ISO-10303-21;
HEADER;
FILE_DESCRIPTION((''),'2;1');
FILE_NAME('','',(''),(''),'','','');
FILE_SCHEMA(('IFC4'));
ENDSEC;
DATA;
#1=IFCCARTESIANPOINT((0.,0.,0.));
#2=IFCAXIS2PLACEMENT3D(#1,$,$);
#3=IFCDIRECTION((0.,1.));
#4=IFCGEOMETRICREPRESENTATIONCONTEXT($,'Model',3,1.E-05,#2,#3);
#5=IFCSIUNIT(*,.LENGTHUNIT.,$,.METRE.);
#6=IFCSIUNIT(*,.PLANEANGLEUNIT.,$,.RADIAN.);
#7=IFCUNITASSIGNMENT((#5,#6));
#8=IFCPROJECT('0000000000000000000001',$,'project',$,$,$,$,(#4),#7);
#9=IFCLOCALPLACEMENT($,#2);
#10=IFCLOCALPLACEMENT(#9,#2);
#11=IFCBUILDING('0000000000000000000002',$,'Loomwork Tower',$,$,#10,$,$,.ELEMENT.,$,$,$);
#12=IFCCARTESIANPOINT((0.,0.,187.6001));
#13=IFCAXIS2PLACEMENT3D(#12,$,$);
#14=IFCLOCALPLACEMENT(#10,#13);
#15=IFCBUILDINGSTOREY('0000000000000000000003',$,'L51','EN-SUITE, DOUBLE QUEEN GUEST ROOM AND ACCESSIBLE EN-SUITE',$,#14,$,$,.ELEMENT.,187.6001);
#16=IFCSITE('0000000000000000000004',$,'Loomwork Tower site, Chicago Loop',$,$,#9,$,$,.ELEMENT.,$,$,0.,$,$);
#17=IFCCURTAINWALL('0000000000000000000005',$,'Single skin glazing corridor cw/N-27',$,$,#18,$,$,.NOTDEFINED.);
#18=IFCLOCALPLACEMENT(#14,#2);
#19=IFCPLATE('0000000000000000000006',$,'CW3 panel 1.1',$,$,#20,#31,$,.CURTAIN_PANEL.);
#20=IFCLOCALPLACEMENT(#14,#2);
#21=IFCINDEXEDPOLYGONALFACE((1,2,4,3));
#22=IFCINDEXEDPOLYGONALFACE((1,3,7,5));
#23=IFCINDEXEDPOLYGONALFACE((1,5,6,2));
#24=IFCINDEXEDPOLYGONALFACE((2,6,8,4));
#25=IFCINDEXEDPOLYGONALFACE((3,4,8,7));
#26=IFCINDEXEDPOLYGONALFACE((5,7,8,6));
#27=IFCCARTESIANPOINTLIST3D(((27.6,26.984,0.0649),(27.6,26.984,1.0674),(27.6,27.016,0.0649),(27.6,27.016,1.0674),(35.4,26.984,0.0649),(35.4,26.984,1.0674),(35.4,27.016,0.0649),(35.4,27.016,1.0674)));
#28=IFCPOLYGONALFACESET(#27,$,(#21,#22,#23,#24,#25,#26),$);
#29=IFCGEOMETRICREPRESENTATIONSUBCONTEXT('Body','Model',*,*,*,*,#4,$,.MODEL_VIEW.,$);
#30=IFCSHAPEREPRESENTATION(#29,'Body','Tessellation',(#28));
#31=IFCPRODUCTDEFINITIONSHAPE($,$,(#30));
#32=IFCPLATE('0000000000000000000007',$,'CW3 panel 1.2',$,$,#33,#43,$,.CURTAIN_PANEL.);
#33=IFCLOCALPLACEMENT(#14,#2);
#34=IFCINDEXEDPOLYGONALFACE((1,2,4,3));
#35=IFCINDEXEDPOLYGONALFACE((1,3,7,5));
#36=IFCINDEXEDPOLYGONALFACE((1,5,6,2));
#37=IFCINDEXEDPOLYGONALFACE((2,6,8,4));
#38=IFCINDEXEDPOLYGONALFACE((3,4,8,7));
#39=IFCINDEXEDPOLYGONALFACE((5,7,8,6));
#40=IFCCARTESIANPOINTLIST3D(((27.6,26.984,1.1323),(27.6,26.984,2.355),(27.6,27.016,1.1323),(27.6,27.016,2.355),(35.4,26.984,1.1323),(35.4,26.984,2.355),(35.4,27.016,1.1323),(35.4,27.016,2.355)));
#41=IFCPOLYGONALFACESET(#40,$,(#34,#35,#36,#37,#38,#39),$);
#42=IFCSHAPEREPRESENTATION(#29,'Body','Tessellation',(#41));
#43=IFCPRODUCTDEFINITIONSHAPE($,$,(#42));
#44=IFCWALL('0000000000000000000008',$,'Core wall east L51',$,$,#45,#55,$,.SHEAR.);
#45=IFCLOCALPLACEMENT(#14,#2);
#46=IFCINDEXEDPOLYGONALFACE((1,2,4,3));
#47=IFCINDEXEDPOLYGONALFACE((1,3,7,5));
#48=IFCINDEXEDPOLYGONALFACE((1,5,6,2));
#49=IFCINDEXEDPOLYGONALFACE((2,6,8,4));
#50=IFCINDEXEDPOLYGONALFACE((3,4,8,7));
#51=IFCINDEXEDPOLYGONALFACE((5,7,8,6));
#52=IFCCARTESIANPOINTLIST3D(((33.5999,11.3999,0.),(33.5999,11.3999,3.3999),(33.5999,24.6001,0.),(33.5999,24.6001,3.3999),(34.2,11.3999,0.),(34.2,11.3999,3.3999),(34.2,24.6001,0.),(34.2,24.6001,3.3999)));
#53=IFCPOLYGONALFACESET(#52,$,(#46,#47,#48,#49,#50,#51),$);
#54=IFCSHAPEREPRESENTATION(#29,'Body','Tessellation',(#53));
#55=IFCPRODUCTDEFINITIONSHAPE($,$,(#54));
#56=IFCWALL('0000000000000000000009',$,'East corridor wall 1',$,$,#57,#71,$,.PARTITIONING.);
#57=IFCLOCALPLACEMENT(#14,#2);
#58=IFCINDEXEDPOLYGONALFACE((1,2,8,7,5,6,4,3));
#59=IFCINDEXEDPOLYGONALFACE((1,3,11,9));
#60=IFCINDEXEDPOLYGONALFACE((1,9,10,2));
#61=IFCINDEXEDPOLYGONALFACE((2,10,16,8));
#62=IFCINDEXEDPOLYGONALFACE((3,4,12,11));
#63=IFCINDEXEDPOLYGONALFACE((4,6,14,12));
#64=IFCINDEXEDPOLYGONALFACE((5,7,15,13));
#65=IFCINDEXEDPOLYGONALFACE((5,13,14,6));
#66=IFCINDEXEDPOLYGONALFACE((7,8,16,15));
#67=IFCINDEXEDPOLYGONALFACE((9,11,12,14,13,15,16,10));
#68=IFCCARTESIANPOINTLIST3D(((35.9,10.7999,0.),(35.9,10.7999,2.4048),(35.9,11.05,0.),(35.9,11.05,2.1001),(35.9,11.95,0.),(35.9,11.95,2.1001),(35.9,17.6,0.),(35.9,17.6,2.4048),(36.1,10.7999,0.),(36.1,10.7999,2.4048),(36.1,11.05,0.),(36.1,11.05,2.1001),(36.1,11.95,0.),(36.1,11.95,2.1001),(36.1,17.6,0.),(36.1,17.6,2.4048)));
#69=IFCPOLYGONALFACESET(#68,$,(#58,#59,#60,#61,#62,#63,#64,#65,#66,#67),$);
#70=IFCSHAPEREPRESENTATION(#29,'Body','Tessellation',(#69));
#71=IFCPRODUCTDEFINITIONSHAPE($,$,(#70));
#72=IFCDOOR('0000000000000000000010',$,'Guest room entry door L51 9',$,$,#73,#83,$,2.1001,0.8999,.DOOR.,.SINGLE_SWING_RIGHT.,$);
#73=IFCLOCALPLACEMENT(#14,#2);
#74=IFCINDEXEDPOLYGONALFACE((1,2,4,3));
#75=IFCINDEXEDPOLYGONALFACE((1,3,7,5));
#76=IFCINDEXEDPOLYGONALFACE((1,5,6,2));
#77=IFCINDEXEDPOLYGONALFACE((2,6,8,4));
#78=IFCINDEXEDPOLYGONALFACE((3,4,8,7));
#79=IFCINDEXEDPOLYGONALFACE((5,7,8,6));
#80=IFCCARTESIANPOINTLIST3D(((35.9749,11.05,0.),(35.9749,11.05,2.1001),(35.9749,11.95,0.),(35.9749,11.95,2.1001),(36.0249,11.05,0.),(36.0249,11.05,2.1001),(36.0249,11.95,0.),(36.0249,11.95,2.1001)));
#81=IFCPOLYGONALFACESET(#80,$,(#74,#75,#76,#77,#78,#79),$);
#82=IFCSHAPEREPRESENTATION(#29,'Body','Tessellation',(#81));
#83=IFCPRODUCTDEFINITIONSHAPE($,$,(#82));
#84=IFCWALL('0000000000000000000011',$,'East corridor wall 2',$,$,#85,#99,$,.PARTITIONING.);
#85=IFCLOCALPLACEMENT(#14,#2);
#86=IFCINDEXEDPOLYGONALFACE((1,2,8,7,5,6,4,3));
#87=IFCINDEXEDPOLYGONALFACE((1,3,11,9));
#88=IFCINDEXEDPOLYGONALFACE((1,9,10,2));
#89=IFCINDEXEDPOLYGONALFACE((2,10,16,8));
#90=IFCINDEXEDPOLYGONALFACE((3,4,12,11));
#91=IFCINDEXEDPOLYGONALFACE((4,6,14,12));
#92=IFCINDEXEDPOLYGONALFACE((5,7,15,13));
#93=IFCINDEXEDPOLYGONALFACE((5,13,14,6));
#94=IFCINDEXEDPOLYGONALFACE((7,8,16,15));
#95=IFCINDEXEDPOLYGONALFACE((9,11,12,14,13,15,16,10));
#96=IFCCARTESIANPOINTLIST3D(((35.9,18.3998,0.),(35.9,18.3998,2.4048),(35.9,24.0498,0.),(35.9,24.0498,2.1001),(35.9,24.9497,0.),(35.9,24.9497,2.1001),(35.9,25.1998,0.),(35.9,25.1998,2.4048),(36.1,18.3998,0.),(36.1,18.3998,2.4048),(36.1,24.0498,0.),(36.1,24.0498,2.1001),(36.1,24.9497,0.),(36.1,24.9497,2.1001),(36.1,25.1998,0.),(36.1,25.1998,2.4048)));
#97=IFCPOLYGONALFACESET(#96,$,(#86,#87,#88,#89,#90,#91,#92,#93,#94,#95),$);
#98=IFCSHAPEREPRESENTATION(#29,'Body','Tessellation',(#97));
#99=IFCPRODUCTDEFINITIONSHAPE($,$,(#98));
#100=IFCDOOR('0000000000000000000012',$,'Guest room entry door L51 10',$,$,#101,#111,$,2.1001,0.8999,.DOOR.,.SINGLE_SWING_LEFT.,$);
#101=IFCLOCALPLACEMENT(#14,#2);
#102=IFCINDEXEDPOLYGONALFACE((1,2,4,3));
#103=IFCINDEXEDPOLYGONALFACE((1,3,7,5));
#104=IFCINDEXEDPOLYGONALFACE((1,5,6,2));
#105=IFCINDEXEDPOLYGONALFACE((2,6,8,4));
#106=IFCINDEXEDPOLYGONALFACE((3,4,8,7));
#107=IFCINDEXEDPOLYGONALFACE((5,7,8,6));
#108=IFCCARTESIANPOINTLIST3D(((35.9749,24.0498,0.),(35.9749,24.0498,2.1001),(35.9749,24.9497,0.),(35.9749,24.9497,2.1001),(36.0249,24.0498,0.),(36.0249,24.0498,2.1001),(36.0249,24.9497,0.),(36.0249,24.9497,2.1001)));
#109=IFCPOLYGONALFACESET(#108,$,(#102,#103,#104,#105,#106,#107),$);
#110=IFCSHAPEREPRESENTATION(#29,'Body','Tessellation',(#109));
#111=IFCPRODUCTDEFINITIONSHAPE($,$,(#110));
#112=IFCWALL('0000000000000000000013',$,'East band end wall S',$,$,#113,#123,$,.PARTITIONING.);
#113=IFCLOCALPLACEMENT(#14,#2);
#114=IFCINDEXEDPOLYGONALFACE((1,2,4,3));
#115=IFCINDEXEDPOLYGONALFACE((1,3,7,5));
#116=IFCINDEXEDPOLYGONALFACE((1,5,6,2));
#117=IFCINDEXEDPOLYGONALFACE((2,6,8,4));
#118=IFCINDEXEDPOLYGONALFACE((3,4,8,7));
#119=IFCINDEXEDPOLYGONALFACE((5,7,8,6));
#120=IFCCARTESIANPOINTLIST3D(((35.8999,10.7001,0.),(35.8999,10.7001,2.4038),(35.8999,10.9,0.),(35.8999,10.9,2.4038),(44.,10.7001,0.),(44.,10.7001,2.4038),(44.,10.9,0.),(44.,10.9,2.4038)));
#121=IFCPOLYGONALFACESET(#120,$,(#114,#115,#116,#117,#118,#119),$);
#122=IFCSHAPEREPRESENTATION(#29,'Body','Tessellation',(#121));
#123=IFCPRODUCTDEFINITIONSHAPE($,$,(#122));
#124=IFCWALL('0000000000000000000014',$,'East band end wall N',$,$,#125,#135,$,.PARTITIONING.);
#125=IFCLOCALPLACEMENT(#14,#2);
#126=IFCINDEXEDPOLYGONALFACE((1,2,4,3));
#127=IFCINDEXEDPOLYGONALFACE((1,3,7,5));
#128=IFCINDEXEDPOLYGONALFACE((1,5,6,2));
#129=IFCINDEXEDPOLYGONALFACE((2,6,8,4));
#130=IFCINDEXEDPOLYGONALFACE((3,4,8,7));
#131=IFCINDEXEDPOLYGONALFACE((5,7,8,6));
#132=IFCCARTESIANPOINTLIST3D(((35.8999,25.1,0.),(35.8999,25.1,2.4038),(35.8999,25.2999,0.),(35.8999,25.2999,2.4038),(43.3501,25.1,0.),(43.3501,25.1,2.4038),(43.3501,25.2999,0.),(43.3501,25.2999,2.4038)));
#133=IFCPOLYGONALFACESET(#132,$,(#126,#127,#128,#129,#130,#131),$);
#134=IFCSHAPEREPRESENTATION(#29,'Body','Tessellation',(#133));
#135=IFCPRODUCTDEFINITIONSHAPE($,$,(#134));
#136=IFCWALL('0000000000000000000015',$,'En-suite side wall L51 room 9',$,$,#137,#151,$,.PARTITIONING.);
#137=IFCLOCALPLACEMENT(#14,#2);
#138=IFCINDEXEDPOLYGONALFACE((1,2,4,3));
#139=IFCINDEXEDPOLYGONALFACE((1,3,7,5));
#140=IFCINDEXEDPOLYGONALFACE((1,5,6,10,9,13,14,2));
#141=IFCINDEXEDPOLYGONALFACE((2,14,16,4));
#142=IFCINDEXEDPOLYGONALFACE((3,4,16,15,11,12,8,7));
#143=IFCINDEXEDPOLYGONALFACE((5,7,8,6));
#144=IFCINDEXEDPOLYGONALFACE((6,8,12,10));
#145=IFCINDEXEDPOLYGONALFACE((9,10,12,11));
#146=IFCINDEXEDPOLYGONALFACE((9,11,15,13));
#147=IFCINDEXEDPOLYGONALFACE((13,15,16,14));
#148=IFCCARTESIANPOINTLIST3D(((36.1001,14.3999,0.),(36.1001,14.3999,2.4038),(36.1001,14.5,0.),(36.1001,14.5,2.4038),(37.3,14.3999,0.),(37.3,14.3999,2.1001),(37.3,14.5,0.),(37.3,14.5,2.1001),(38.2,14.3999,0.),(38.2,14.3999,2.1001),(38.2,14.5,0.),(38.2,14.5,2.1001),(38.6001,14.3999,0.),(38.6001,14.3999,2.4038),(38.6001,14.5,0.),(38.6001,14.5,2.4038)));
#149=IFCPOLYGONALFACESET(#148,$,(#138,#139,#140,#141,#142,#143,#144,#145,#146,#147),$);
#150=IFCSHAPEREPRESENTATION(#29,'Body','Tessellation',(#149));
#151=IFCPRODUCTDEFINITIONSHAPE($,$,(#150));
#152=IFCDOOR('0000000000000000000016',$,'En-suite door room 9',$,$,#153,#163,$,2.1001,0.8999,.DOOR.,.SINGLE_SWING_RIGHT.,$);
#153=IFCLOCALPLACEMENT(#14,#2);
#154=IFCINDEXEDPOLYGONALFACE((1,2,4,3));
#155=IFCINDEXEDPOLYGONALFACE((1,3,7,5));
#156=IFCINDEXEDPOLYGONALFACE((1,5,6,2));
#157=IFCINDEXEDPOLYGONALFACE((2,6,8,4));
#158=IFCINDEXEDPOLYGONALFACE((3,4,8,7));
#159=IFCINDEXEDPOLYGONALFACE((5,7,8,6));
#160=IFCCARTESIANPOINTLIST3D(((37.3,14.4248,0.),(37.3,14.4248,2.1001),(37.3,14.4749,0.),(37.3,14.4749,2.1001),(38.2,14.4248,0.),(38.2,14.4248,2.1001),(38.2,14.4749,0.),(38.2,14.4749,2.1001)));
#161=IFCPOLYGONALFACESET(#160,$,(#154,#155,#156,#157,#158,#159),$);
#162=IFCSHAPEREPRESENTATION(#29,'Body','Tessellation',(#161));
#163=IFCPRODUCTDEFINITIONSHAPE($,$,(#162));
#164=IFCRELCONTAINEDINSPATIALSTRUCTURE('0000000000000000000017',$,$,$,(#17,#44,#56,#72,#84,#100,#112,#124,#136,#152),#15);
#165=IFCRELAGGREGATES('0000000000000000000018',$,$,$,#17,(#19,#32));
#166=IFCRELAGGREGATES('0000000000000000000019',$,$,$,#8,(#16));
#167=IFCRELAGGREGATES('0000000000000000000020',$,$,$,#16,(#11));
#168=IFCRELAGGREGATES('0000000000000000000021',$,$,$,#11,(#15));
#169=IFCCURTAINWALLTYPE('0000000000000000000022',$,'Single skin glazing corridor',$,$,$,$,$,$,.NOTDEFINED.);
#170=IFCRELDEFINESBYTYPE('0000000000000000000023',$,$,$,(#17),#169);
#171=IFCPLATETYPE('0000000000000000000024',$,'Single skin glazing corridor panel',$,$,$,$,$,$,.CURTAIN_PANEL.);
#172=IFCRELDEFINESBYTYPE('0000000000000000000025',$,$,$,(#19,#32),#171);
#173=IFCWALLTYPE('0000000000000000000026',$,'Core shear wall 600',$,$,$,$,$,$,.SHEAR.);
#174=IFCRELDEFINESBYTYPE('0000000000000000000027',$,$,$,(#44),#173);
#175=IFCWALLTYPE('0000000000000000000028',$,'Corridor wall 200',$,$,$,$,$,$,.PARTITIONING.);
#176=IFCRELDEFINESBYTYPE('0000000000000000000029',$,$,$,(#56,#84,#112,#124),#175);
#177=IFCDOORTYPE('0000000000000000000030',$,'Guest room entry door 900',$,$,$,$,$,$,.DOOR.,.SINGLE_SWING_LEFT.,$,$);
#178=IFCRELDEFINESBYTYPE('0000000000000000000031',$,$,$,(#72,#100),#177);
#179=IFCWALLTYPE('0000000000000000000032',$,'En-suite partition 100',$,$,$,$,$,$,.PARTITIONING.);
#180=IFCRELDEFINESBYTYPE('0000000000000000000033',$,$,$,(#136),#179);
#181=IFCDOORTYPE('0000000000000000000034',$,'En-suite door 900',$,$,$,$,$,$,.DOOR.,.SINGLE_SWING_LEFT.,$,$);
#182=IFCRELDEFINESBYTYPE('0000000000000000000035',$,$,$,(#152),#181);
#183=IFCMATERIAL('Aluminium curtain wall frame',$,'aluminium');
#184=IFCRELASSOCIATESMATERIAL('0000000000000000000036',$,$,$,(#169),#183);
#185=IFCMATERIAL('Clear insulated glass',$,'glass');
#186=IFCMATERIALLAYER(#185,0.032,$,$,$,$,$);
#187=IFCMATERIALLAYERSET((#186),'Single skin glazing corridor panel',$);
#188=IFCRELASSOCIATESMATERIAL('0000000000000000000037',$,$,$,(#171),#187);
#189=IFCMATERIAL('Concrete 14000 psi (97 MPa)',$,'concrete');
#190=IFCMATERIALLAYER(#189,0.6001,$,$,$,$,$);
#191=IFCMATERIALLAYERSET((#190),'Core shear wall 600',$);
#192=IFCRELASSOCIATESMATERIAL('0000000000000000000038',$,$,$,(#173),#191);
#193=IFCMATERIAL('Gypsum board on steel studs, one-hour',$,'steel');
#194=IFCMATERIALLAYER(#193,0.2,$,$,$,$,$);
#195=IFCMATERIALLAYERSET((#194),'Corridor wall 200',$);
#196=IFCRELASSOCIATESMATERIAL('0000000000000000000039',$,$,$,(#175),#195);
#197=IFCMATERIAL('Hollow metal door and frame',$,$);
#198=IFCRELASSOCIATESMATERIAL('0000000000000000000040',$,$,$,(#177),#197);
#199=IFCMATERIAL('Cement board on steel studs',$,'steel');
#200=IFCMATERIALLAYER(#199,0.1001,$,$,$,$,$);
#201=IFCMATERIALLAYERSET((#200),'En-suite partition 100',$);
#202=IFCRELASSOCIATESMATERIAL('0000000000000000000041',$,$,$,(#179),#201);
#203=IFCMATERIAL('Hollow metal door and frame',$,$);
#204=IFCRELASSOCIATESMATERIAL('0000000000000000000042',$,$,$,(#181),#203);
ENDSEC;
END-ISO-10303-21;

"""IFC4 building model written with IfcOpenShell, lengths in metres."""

from ifc_helpers import new_model, si_unit, direction, frame, frame_2d, origin, origin_2d, place, context, subcontext, project, spatial, rectangle, extrude, material, layer, layer_set, type_object, element, fill, aggregate, save


model = new_model("IFC4")

# Units and contexts
model_context = context("Model", 3, precision=1e-05, world=origin(), true_north=direction((0.0, 1.0)))
body_context = subcontext(model_context, "Body", "Model", "MODEL_VIEW")
ifc_project = project(units=[si_unit("LENGTHUNIT", "METRE"), si_unit("PLANEANGLEUNIT", "RADIAN")], contexts=[model_context])

# Site, building, storey
site_placement = place(None, origin())
site = spatial("IfcSite", under=ifc_project, at=site_placement, Name="Loomwork Tower site, Chicago Loop", CompositionType="ELEMENT", RefElevation=0.0)
building_placement = place(site_placement, origin())
building = spatial("IfcBuilding", under=site, at=building_placement, Name="Loomwork Tower", CompositionType="ELEMENT")
storey_placement = place(building_placement, frame((0.0, 0.0, 187.6001)))
storey = spatial("IfcBuildingStorey", under=building, at=storey_placement, Name="L51", Description="EN-SUITE, DOUBLE QUEEN GUEST ROOM AND ACCESSIBLE EN-SUITE", CompositionType="ELEMENT", Elevation=187.6001)

# Curtain wall, plates
ifc_material_1 = material(Name="Aluminium curtain wall frame", Category="aluminium")
curtain_wall_type = type_object("IfcCurtainWallType", Name="Single skin glazing corridor", PredefinedType="NOTDEFINED", material=ifc_material_1)
curtain_wall_placement = place(storey_placement, origin())
curtain_wall = element("IfcCurtainWall", 1, at=curtain_wall_placement, inside=storey, type_object=curtain_wall_type, Name="Single skin glazing corridor cw/N-27", PredefinedType="NOTDEFINED")
ifc_material_2 = material(Name="Clear insulated glass", Category="glass")
ifc_layer_1 = layer(ifc_material_2, 0.032)
ifc_layer_set_1 = layer_set([ifc_layer_1], Name="Single skin glazing corridor panel")
plate_type = type_object("IfcPlateType", Name="Single skin glazing corridor panel", PredefinedType="CURTAIN_PANEL", material=ifc_layer_set_1)
plate_1_placement = place(storey_placement, frame((31.5, 27.0, 0.0649), z_axis=(0.0, 0.0, 1.0), x_axis=(-1.0, 0.0, 0.0)))
plate_1 = element("IfcPlate", 2, at=plate_1_placement, type_object=plate_type, Name="CW3 panel 1.1", PredefinedType="CURTAIN_PANEL", context=body_context, shape_type="SweptSolid", body=[
    extrude(rectangle(XDim=7.8, YDim=0.032, at=origin_2d()), origin(), (0.0, 0.0, 1.0), 1.0024),
])
plate_2_placement = place(storey_placement, frame((31.5, 27.0, 1.1323), z_axis=(0.0, 0.0, 1.0), x_axis=(-1.0, 0.0, 0.0)))
plate_2 = element("IfcPlate", 3, at=plate_2_placement, type_object=plate_type, Name="CW3 panel 1.2", PredefinedType="CURTAIN_PANEL", context=body_context, shape_type="SweptSolid", body=[
    extrude(rectangle(XDim=7.8, YDim=0.032, at=origin_2d()), origin(), (0.0, 0.0, 1.0), 1.2227),
])
aggregate(curtain_wall, [plate_1, plate_2])

# Wall
ifc_material_3 = material(Name="Concrete 14000 psi (97 MPa)", Category="concrete")
ifc_layer_2 = layer(ifc_material_3, 0.6001)
ifc_layer_set_2 = layer_set([ifc_layer_2], Name="Core shear wall 600")
wall_type_1 = type_object("IfcWallType", Name="Core shear wall 600", PredefinedType="SHEAR", material=ifc_layer_set_2)
wall_1_placement = place(storey_placement, frame((33.8999, 11.3999, 0.0), z_axis=(0.0, 0.0, 1.0), x_axis=(0.0, 1.0, 0.0)))
element("IfcWall", 4, at=wall_1_placement, inside=storey, type_object=wall_type_1, Name="Core wall east L51", PredefinedType="SHEAR", context=body_context, shape_type="SweptSolid", body=[
    extrude(rectangle(XDim=13.2002, YDim=0.6001, at=frame_2d((6.6001, 0.0))), origin(), (0.0, 0.0, 1.0), 3.3999),
])

# Walls, openings, doors
ifc_material_4 = material(Name="Gypsum board on steel studs, one-hour", Category="steel")
ifc_layer_3 = layer(ifc_material_4, 0.2)
ifc_layer_set_3 = layer_set([ifc_layer_3], Name="Corridor wall 200")
wall_type_2 = type_object("IfcWallType", Name="Corridor wall 200", PredefinedType="PARTITIONING", material=ifc_layer_set_3)
wall_2_placement = place(storey_placement, frame((36.0, 10.8, 0.0), z_axis=(0.0, 0.0, 1.0), x_axis=(0.0, 1.0, 0.0)))
wall_2 = element("IfcWall", 5, at=wall_2_placement, inside=storey, type_object=wall_type_2, Name="East corridor wall 1", PredefinedType="PARTITIONING", context=body_context, shape_type="SweptSolid", body=[
    extrude(rectangle(XDim=6.8, YDim=0.2, at=frame_2d((3.3999, 0.0))), origin(), (0.0, 0.0, 1.0), 2.4048),
])
opening_1_placement = place(wall_2_placement, frame((0.25, 0.0, 0.0)))
opening_1 = element("IfcOpeningElement", 6, at=opening_1_placement, cuts=wall_2, PredefinedType="OPENING", context=body_context, shape_type="SweptSolid", body=[
    extrude(rectangle(XDim=0.8999, YDim=2.1001, at=frame_2d((0.45, 1.05))), frame((0.0, 0.1099, 0.0), z_axis=(0.0, -1.0, 0.0), x_axis=(1.0, 0.0, 0.0)), (0.0, 0.0, 1.0), 0.22),
])
ifc_material_5 = material(Name="Hollow metal door and frame")
door_type_1 = type_object("IfcDoorType", Name="Guest room entry door 900", OperationType="SINGLE_SWING_LEFT", PredefinedType="DOOR", material=ifc_material_5)
door_1_placement = place(opening_1_placement, frame((0.8999, 0.0, 0.0), z_axis=(0.0, 0.0, 1.0), x_axis=(-1.0, 0.0, 0.0)))
door_1 = element("IfcDoor", 7, at=door_1_placement, inside=storey, type_object=door_type_1, Name="Guest room entry door L51 9", OperationType="SINGLE_SWING_RIGHT", OverallHeight=2.1001, OverallWidth=0.8999, PredefinedType="DOOR", context=body_context, shape_type="SweptSolid", body=[
    extrude(rectangle(XDim=0.8999, YDim=2.1001, at=frame_2d((0.45, 1.05))), frame((0.0, 0.0249, 0.0), z_axis=(0.0, -1.0, 0.0), x_axis=(1.0, 0.0, 0.0)), (0.0, 0.0, 1.0), 0.05),
])
fill(opening_1, door_1)
wall_3_placement = place(storey_placement, frame((36.0, 18.3999, 0.0), z_axis=(0.0, 0.0, 1.0), x_axis=(0.0, 1.0, 0.0)))
wall_3 = element("IfcWall", 8, at=wall_3_placement, inside=storey, type_object=wall_type_2, Name="East corridor wall 2", PredefinedType="PARTITIONING", context=body_context, shape_type="SweptSolid", body=[
    extrude(rectangle(XDim=6.8, YDim=0.2, at=frame_2d((3.3999, 0.0))), origin(), (0.0, 0.0, 1.0), 2.4048),
])
opening_2_placement = place(wall_3_placement, frame((5.6499, 0.0, 0.0)))
opening_2 = element("IfcOpeningElement", 9, at=opening_2_placement, cuts=wall_3, PredefinedType="OPENING", context=body_context, shape_type="SweptSolid", body=[
    extrude(rectangle(XDim=0.8999, YDim=2.1001, at=frame_2d((0.45, 1.05))), frame((0.0, 0.1099, 0.0), z_axis=(0.0, -1.0, 0.0), x_axis=(1.0, 0.0, 0.0)), (0.0, 0.0, 1.0), 0.22),
])
door_2_placement = place(opening_2_placement, frame((0.8999, 0.0, 0.0), z_axis=(0.0, 0.0, 1.0), x_axis=(-1.0, 0.0, 0.0)))
door_2 = element("IfcDoor", 10, at=door_2_placement, inside=storey, type_object=door_type_1, Name="Guest room entry door L51 10", OperationType="SINGLE_SWING_LEFT", OverallHeight=2.1001, OverallWidth=0.8999, PredefinedType="DOOR", context=body_context, shape_type="SweptSolid", body=[
    extrude(rectangle(XDim=0.8999, YDim=2.1001, at=frame_2d((0.45, 1.05))), frame((0.0, 0.0249, 0.0), z_axis=(0.0, -1.0, 0.0), x_axis=(1.0, 0.0, 0.0)), (0.0, 0.0, 1.0), 0.05),
])
fill(opening_2, door_2)

# Walls
wall_4_placement = place(storey_placement, frame((35.8999, 10.8, 0.0), z_axis=(0.0, 0.0, 1.0), x_axis=(1.0, 0.0, 0.0)))
element("IfcWall", 11, at=wall_4_placement, inside=storey, type_object=wall_type_2, Name="East band end wall S", PredefinedType="PARTITIONING", context=body_context, shape_type="SweptSolid", body=[
    extrude(rectangle(XDim=8.1001, YDim=0.2, at=frame_2d((4.05, 0.0))), origin(), (0.0, 0.0, 1.0), 2.4038),
])
wall_5_placement = place(storey_placement, frame((35.8999, 25.2, 0.0), z_axis=(0.0, 0.0, 1.0), x_axis=(1.0, 0.0, 0.0)))
element("IfcWall", 12, at=wall_5_placement, inside=storey, type_object=wall_type_2, Name="East band end wall N", PredefinedType="PARTITIONING", context=body_context, shape_type="SweptSolid", body=[
    extrude(rectangle(XDim=7.4502, YDim=0.2, at=frame_2d((3.7251, 0.0))), origin(), (0.0, 0.0, 1.0), 2.4038),
])

# Wall, opening, door
ifc_material_6 = material(Name="Cement board on steel studs", Category="steel")
ifc_layer_4 = layer(ifc_material_6, 0.1001)
ifc_layer_set_4 = layer_set([ifc_layer_4], Name="En-suite partition 100")
wall_type_3 = type_object("IfcWallType", Name="En-suite partition 100", PredefinedType="PARTITIONING", material=ifc_layer_set_4)
wall_6_placement = place(storey_placement, frame((36.1001, 14.45, 0.0), z_axis=(0.0, 0.0, 1.0), x_axis=(1.0, 0.0, 0.0)))
wall_6 = element("IfcWall", 13, at=wall_6_placement, inside=storey, type_object=wall_type_3, Name="En-suite side wall L51 room 9", PredefinedType="PARTITIONING", context=body_context, shape_type="SweptSolid", body=[
    extrude(rectangle(XDim=2.5, YDim=0.1001, at=frame_2d((1.25, 0.0))), origin(), (0.0, 0.0, 1.0), 2.4038),
])
opening_3_placement = place(wall_6_placement, frame((1.2, 0.0, 0.0)))
opening_3 = element("IfcOpeningElement", 14, at=opening_3_placement, cuts=wall_6, PredefinedType="OPENING", context=body_context, shape_type="SweptSolid", body=[
    extrude(rectangle(XDim=0.8999, YDim=2.1001, at=frame_2d((0.45, 1.05))), frame((0.0, 0.0601, 0.0), z_axis=(0.0, -1.0, 0.0), x_axis=(1.0, 0.0, 0.0)), (0.0, 0.0, 1.0), 0.1201),
])
ifc_material_7 = material(Name="Hollow metal door and frame")
door_type_2 = type_object("IfcDoorType", Name="En-suite door 900", OperationType="SINGLE_SWING_LEFT", PredefinedType="DOOR", material=ifc_material_7)
door_3_placement = place(opening_3_placement, origin())
door_3 = element("IfcDoor", 15, at=door_3_placement, inside=storey, type_object=door_type_2, Name="En-suite door room 9", OperationType="SINGLE_SWING_RIGHT", OverallHeight=2.1001, OverallWidth=0.8999, PredefinedType="DOOR", context=body_context, shape_type="SweptSolid", body=[
    extrude(rectangle(XDim=0.8999, YDim=2.1001, at=frame_2d((0.45, 1.05))), frame((0.0, 0.0249, 0.0), z_axis=(0.0, -1.0, 0.0), x_axis=(1.0, 0.0, 0.0)), (0.0, 0.0, 1.0), 0.05),
])
fill(opening_3, door_3)

save(model, "model.ifc")
